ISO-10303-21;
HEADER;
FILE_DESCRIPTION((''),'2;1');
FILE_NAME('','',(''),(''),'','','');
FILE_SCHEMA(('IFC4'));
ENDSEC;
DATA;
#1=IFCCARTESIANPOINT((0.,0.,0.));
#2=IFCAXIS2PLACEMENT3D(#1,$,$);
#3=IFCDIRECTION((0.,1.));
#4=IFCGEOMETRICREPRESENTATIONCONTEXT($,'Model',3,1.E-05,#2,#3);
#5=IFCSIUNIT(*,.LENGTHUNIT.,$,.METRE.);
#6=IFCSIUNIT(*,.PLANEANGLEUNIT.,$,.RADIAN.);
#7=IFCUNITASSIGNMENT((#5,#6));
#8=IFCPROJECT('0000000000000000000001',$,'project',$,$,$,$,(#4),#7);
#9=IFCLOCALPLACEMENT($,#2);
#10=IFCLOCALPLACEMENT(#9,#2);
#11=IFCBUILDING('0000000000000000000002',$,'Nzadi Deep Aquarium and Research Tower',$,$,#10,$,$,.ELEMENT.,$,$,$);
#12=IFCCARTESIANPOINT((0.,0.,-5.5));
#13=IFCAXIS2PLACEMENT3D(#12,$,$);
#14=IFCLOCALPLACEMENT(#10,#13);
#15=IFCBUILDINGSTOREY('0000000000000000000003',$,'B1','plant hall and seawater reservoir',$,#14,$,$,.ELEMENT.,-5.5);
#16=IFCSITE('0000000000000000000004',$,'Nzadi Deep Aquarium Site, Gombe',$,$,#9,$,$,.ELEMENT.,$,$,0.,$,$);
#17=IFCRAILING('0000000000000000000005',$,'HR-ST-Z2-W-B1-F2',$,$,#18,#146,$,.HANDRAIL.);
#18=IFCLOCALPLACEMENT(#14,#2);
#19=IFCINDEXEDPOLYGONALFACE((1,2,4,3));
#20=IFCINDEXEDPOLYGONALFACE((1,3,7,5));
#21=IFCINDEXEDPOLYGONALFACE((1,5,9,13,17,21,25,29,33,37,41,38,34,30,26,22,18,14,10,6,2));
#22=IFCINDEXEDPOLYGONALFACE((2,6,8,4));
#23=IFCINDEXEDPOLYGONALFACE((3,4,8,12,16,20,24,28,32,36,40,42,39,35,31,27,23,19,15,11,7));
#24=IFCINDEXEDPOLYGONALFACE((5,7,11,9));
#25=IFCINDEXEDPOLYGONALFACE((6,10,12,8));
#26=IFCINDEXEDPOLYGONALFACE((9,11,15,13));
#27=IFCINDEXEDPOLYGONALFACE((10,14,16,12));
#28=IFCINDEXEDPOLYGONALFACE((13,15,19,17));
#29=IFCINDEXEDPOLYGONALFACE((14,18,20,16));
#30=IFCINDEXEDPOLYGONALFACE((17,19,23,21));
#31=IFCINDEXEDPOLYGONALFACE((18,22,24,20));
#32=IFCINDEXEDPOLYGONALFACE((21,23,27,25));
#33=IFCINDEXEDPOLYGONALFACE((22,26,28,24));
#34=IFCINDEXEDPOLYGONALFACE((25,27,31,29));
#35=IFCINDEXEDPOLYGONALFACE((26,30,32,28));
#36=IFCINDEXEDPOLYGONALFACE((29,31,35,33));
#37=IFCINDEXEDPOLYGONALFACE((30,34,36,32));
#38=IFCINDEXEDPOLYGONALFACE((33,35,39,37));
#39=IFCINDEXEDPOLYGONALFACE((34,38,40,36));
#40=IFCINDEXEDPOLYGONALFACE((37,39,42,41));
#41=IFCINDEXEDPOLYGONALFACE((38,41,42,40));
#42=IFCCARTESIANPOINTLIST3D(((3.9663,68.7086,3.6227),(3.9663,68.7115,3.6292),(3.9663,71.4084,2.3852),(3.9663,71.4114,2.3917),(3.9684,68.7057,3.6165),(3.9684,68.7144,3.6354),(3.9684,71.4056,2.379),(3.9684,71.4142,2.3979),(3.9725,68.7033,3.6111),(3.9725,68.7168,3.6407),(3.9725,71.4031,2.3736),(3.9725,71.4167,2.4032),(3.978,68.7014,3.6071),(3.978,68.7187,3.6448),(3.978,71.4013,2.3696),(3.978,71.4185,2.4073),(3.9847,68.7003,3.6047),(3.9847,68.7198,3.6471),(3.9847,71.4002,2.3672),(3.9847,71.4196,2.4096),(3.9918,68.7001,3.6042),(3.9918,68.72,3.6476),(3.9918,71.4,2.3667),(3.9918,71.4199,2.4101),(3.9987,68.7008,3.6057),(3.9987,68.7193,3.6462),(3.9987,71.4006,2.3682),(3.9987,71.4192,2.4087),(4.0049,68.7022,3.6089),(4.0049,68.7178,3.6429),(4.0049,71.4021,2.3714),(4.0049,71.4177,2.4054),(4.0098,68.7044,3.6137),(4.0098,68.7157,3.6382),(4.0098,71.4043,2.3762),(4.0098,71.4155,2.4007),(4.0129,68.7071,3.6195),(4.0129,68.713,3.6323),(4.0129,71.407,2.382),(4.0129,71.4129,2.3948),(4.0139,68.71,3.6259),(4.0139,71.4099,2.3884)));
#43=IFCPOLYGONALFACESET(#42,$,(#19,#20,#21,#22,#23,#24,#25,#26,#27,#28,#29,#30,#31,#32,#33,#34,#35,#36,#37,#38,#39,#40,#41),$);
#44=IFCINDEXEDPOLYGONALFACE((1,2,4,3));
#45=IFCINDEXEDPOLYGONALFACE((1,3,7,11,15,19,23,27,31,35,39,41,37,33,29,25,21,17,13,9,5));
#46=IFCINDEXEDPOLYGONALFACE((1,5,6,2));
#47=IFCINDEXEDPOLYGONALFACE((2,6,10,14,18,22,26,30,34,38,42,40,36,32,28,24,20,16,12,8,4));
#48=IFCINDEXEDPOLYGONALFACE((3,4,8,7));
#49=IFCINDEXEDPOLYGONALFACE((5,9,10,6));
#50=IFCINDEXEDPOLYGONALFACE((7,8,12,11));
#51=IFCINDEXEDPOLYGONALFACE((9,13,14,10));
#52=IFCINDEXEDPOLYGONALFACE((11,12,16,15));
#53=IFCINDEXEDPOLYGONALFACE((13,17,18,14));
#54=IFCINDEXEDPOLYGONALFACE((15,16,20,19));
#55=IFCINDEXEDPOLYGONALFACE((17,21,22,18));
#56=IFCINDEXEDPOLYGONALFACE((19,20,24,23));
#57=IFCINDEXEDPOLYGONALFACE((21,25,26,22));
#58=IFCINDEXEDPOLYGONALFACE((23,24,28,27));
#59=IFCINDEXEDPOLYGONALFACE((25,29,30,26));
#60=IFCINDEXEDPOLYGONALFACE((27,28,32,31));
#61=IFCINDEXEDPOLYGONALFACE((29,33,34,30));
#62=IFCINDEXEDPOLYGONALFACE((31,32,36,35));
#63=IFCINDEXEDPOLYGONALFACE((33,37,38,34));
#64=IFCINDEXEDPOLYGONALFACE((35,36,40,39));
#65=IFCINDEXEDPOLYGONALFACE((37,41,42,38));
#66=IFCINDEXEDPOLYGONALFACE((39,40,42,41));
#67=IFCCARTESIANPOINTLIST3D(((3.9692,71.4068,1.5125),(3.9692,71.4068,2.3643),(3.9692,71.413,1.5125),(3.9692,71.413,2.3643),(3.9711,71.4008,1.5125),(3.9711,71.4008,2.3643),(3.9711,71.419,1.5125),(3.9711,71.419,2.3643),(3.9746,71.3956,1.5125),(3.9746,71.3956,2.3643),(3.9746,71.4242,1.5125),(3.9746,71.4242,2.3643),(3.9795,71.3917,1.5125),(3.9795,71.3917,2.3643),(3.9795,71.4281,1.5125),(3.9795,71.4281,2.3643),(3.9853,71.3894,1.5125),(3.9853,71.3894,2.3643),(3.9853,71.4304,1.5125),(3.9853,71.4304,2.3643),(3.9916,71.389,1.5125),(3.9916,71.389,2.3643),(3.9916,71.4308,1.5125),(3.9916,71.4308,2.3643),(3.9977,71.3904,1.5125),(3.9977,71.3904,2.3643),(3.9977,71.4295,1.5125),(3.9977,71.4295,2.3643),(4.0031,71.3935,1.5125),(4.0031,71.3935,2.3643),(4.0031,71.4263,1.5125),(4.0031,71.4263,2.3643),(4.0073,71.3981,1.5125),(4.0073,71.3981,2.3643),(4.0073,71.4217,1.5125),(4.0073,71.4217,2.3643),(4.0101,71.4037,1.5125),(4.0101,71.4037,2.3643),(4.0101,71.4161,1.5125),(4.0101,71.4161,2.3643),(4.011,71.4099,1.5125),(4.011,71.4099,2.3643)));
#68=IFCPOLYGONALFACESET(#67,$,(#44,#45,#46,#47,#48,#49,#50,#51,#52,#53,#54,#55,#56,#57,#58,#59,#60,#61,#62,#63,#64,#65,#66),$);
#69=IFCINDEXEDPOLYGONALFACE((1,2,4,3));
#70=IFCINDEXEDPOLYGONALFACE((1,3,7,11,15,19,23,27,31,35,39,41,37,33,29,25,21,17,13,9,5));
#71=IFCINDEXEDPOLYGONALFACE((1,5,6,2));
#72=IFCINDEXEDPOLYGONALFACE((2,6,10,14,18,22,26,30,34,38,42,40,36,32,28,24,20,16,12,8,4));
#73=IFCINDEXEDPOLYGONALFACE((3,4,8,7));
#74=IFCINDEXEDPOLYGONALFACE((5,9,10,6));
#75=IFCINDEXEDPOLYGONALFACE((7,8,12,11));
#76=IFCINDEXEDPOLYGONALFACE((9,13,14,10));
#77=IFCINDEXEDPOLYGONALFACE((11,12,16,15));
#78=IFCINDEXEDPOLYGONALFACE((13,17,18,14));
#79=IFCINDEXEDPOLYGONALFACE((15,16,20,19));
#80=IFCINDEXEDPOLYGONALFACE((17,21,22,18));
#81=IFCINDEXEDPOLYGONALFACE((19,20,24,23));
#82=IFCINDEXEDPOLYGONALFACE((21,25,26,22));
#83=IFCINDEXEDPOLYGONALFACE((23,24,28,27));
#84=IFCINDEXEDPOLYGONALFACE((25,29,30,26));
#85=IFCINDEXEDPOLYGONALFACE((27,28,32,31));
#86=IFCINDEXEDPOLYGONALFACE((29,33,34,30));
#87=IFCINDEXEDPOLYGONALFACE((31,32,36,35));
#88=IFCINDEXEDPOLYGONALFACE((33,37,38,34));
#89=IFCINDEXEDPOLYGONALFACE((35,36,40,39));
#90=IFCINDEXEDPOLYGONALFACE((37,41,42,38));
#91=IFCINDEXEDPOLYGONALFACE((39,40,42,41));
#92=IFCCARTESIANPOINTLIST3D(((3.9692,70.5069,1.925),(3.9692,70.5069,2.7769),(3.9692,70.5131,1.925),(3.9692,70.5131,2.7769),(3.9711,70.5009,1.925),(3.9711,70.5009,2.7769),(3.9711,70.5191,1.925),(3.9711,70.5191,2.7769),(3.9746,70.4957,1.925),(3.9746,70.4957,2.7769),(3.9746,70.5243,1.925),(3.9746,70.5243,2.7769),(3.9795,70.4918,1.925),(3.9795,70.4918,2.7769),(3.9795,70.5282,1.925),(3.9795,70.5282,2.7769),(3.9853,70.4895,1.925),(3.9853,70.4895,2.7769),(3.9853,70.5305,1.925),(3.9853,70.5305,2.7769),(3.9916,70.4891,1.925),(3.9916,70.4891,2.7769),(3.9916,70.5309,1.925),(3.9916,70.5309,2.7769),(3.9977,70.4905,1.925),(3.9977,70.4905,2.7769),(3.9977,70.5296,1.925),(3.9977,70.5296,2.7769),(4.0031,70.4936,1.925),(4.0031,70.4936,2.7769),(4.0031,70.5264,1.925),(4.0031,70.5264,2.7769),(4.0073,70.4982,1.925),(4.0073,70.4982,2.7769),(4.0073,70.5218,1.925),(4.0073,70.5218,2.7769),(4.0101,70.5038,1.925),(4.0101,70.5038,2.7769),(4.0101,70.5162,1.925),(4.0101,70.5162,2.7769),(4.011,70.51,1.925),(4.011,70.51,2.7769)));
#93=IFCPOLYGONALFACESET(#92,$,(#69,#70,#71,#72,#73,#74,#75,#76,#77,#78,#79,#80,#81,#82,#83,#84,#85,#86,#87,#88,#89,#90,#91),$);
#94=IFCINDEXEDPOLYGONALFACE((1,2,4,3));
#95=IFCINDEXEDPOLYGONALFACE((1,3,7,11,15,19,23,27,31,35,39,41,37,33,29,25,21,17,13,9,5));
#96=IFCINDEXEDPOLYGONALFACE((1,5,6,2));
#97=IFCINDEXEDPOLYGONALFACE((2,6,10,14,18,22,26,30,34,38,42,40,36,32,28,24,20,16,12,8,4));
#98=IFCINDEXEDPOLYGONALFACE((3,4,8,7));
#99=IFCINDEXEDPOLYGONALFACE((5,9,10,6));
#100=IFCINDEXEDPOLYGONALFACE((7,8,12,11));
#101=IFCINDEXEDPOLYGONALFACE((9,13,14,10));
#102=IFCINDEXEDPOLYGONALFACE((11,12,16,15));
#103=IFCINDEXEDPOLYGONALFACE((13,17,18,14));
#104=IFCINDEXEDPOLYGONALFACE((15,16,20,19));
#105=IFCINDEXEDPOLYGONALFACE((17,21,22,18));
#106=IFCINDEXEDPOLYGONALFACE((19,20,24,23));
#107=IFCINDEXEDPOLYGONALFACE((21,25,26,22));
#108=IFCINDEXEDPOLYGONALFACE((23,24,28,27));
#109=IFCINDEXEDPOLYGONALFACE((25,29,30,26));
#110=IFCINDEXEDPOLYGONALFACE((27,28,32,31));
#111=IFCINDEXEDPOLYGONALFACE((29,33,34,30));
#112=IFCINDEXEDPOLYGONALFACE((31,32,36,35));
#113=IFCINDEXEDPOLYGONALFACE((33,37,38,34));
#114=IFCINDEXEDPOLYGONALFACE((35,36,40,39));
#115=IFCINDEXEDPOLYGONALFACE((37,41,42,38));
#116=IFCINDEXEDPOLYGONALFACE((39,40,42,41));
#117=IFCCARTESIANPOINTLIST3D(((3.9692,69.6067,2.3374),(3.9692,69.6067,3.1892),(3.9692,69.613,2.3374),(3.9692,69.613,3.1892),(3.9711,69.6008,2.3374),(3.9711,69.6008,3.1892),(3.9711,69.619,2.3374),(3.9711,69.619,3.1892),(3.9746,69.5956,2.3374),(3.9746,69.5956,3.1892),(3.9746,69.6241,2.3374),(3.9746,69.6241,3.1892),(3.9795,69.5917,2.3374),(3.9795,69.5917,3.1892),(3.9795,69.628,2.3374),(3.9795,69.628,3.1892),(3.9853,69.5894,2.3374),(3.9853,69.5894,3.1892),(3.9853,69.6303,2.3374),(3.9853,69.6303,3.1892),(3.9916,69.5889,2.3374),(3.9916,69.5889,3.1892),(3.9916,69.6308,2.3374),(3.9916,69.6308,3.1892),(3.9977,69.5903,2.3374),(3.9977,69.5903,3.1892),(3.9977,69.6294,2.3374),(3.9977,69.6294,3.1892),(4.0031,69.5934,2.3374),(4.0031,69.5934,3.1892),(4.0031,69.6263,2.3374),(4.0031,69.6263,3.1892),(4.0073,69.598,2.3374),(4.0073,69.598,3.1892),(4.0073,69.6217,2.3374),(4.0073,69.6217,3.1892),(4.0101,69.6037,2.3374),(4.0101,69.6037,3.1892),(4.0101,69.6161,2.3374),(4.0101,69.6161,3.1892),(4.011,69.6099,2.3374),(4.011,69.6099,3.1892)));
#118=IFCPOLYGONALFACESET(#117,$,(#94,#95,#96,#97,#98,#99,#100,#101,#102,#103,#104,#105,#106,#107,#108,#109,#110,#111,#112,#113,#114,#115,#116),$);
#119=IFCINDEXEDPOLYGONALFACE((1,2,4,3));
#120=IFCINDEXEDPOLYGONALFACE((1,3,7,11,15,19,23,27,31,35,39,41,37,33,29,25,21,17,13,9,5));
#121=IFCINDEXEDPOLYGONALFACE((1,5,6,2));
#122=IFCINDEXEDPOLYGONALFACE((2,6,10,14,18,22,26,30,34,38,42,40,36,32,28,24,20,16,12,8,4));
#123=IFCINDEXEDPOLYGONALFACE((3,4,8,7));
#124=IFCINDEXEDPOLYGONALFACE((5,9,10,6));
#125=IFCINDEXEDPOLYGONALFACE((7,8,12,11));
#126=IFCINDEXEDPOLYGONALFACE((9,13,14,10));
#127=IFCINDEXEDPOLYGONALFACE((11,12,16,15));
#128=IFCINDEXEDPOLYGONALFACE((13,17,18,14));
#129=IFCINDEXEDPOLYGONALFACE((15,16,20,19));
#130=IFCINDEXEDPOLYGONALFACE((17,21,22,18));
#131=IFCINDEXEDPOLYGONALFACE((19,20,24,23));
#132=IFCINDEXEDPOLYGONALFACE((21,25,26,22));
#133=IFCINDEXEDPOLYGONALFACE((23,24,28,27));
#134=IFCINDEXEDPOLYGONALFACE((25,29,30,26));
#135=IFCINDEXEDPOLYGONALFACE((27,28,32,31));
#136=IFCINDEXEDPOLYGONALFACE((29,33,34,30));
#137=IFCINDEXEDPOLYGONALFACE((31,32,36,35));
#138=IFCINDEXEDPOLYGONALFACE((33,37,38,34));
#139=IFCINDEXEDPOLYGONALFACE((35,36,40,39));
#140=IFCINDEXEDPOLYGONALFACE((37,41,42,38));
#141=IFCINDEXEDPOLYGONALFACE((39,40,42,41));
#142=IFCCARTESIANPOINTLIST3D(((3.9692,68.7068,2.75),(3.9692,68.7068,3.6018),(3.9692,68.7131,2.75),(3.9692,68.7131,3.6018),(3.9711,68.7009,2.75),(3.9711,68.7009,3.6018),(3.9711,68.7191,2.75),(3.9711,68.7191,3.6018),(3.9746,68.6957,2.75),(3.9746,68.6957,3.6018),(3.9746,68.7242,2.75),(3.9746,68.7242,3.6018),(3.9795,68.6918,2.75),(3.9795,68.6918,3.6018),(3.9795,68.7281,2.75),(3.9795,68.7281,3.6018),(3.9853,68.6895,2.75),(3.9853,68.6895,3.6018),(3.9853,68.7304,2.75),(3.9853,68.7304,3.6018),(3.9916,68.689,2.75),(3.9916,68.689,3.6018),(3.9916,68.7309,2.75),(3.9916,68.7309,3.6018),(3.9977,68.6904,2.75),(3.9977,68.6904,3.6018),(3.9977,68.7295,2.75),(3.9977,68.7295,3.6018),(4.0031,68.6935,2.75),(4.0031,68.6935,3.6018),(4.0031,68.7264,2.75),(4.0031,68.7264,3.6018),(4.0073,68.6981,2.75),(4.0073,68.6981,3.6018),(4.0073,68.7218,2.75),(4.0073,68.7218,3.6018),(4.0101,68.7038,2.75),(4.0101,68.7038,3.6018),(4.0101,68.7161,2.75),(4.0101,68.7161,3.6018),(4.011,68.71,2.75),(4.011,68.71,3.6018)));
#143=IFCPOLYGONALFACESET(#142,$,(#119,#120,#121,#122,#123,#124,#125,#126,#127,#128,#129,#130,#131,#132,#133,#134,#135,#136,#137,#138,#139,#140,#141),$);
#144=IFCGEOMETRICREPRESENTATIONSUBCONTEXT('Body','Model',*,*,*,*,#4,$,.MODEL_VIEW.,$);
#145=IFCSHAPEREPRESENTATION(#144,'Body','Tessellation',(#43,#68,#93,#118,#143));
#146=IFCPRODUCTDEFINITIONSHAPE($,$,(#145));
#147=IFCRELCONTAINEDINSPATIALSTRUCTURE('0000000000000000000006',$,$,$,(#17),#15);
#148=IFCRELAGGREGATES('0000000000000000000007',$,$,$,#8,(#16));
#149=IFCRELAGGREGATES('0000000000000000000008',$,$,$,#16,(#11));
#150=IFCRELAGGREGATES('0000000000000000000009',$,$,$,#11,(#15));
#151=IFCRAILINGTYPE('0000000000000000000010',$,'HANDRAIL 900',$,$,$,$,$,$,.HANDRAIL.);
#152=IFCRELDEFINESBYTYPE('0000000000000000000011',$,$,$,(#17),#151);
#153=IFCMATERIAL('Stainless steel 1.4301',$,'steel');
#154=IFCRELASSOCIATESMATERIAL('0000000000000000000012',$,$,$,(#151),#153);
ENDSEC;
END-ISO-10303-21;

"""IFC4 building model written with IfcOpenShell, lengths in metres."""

from ifc_helpers import new_model, si_unit, direction, frame, origin, origin_2d, place, context, subcontext, project, spatial, circle, extrude, material, type_object, element, save


model = new_model("IFC4")

# Units and contexts
model_context = context("Model", 3, precision=1e-05, world=origin(), true_north=direction((0.0, 1.0)))
body_context = subcontext(model_context, "Body", "Model", "MODEL_VIEW")
ifc_project = project(units=[si_unit("LENGTHUNIT", "METRE"), si_unit("PLANEANGLEUNIT", "RADIAN")], contexts=[model_context])

# Site, building, storey
site_placement = place(None, origin())
site = spatial("IfcSite", under=ifc_project, at=site_placement, Name="Nzadi Deep Aquarium Site, Gombe", CompositionType="ELEMENT", RefElevation=0.0)
building_placement = place(site_placement, origin())
building = spatial("IfcBuilding", under=site, at=building_placement, Name="Nzadi Deep Aquarium and Research Tower", CompositionType="ELEMENT")
storey_placement = place(building_placement, frame((0.0, 0.0, -5.5)))
storey = spatial("IfcBuildingStorey", under=building, at=storey_placement, Name="B1", Description="plant hall and seawater reservoir", CompositionType="ELEMENT", Elevation=-5.5)

# Railing
ifc_material_1 = material(Name="Stainless steel 1.4301", Category="steel")
railing_type = type_object("IfcRailingType", Name="HANDRAIL 900", PredefinedType="HANDRAIL", material=ifc_material_1)
for number, where, name in (
    (1, (3.99, 71.4099, 1.5125), "HR-ST-Z2-W-B1-F2"),
):
    element("IfcRailing", number, at=place(storey_placement, frame(where)), inside=storey, type_object=railing_type, Name=name, PredefinedType="HANDRAIL", context=body_context, shape_type="SweptSolid", body=[
        extrude(circle(Radius=0.0239, at=origin_2d()), frame((0.0, 0.0, 0.876), z_axis=(0.0, -0.909056, 0.416675), x_axis=(1.0, 0.0, 0.0)), (0.0, 0.0, 1.0), 2.97),
        extrude(circle(Radius=0.021, at=origin_2d()), origin(), (0.0, 0.0, 1.0), 0.8518),
        extrude(circle(Radius=0.021, at=origin_2d()), frame((0.0, -0.8999, 0.4126)), (0.0, 0.0, 1.0), 0.8518),
        extrude(circle(Radius=0.021, at=origin_2d()), frame((0.0, -1.8, 0.825)), (0.0, 0.0, 1.0), 0.8518),
        extrude(circle(Radius=0.021, at=origin_2d()), frame((0.0, -2.7, 1.2375)), (0.0, 0.0, 1.0), 0.8518),
    ])

save(model, "model.ifc")
